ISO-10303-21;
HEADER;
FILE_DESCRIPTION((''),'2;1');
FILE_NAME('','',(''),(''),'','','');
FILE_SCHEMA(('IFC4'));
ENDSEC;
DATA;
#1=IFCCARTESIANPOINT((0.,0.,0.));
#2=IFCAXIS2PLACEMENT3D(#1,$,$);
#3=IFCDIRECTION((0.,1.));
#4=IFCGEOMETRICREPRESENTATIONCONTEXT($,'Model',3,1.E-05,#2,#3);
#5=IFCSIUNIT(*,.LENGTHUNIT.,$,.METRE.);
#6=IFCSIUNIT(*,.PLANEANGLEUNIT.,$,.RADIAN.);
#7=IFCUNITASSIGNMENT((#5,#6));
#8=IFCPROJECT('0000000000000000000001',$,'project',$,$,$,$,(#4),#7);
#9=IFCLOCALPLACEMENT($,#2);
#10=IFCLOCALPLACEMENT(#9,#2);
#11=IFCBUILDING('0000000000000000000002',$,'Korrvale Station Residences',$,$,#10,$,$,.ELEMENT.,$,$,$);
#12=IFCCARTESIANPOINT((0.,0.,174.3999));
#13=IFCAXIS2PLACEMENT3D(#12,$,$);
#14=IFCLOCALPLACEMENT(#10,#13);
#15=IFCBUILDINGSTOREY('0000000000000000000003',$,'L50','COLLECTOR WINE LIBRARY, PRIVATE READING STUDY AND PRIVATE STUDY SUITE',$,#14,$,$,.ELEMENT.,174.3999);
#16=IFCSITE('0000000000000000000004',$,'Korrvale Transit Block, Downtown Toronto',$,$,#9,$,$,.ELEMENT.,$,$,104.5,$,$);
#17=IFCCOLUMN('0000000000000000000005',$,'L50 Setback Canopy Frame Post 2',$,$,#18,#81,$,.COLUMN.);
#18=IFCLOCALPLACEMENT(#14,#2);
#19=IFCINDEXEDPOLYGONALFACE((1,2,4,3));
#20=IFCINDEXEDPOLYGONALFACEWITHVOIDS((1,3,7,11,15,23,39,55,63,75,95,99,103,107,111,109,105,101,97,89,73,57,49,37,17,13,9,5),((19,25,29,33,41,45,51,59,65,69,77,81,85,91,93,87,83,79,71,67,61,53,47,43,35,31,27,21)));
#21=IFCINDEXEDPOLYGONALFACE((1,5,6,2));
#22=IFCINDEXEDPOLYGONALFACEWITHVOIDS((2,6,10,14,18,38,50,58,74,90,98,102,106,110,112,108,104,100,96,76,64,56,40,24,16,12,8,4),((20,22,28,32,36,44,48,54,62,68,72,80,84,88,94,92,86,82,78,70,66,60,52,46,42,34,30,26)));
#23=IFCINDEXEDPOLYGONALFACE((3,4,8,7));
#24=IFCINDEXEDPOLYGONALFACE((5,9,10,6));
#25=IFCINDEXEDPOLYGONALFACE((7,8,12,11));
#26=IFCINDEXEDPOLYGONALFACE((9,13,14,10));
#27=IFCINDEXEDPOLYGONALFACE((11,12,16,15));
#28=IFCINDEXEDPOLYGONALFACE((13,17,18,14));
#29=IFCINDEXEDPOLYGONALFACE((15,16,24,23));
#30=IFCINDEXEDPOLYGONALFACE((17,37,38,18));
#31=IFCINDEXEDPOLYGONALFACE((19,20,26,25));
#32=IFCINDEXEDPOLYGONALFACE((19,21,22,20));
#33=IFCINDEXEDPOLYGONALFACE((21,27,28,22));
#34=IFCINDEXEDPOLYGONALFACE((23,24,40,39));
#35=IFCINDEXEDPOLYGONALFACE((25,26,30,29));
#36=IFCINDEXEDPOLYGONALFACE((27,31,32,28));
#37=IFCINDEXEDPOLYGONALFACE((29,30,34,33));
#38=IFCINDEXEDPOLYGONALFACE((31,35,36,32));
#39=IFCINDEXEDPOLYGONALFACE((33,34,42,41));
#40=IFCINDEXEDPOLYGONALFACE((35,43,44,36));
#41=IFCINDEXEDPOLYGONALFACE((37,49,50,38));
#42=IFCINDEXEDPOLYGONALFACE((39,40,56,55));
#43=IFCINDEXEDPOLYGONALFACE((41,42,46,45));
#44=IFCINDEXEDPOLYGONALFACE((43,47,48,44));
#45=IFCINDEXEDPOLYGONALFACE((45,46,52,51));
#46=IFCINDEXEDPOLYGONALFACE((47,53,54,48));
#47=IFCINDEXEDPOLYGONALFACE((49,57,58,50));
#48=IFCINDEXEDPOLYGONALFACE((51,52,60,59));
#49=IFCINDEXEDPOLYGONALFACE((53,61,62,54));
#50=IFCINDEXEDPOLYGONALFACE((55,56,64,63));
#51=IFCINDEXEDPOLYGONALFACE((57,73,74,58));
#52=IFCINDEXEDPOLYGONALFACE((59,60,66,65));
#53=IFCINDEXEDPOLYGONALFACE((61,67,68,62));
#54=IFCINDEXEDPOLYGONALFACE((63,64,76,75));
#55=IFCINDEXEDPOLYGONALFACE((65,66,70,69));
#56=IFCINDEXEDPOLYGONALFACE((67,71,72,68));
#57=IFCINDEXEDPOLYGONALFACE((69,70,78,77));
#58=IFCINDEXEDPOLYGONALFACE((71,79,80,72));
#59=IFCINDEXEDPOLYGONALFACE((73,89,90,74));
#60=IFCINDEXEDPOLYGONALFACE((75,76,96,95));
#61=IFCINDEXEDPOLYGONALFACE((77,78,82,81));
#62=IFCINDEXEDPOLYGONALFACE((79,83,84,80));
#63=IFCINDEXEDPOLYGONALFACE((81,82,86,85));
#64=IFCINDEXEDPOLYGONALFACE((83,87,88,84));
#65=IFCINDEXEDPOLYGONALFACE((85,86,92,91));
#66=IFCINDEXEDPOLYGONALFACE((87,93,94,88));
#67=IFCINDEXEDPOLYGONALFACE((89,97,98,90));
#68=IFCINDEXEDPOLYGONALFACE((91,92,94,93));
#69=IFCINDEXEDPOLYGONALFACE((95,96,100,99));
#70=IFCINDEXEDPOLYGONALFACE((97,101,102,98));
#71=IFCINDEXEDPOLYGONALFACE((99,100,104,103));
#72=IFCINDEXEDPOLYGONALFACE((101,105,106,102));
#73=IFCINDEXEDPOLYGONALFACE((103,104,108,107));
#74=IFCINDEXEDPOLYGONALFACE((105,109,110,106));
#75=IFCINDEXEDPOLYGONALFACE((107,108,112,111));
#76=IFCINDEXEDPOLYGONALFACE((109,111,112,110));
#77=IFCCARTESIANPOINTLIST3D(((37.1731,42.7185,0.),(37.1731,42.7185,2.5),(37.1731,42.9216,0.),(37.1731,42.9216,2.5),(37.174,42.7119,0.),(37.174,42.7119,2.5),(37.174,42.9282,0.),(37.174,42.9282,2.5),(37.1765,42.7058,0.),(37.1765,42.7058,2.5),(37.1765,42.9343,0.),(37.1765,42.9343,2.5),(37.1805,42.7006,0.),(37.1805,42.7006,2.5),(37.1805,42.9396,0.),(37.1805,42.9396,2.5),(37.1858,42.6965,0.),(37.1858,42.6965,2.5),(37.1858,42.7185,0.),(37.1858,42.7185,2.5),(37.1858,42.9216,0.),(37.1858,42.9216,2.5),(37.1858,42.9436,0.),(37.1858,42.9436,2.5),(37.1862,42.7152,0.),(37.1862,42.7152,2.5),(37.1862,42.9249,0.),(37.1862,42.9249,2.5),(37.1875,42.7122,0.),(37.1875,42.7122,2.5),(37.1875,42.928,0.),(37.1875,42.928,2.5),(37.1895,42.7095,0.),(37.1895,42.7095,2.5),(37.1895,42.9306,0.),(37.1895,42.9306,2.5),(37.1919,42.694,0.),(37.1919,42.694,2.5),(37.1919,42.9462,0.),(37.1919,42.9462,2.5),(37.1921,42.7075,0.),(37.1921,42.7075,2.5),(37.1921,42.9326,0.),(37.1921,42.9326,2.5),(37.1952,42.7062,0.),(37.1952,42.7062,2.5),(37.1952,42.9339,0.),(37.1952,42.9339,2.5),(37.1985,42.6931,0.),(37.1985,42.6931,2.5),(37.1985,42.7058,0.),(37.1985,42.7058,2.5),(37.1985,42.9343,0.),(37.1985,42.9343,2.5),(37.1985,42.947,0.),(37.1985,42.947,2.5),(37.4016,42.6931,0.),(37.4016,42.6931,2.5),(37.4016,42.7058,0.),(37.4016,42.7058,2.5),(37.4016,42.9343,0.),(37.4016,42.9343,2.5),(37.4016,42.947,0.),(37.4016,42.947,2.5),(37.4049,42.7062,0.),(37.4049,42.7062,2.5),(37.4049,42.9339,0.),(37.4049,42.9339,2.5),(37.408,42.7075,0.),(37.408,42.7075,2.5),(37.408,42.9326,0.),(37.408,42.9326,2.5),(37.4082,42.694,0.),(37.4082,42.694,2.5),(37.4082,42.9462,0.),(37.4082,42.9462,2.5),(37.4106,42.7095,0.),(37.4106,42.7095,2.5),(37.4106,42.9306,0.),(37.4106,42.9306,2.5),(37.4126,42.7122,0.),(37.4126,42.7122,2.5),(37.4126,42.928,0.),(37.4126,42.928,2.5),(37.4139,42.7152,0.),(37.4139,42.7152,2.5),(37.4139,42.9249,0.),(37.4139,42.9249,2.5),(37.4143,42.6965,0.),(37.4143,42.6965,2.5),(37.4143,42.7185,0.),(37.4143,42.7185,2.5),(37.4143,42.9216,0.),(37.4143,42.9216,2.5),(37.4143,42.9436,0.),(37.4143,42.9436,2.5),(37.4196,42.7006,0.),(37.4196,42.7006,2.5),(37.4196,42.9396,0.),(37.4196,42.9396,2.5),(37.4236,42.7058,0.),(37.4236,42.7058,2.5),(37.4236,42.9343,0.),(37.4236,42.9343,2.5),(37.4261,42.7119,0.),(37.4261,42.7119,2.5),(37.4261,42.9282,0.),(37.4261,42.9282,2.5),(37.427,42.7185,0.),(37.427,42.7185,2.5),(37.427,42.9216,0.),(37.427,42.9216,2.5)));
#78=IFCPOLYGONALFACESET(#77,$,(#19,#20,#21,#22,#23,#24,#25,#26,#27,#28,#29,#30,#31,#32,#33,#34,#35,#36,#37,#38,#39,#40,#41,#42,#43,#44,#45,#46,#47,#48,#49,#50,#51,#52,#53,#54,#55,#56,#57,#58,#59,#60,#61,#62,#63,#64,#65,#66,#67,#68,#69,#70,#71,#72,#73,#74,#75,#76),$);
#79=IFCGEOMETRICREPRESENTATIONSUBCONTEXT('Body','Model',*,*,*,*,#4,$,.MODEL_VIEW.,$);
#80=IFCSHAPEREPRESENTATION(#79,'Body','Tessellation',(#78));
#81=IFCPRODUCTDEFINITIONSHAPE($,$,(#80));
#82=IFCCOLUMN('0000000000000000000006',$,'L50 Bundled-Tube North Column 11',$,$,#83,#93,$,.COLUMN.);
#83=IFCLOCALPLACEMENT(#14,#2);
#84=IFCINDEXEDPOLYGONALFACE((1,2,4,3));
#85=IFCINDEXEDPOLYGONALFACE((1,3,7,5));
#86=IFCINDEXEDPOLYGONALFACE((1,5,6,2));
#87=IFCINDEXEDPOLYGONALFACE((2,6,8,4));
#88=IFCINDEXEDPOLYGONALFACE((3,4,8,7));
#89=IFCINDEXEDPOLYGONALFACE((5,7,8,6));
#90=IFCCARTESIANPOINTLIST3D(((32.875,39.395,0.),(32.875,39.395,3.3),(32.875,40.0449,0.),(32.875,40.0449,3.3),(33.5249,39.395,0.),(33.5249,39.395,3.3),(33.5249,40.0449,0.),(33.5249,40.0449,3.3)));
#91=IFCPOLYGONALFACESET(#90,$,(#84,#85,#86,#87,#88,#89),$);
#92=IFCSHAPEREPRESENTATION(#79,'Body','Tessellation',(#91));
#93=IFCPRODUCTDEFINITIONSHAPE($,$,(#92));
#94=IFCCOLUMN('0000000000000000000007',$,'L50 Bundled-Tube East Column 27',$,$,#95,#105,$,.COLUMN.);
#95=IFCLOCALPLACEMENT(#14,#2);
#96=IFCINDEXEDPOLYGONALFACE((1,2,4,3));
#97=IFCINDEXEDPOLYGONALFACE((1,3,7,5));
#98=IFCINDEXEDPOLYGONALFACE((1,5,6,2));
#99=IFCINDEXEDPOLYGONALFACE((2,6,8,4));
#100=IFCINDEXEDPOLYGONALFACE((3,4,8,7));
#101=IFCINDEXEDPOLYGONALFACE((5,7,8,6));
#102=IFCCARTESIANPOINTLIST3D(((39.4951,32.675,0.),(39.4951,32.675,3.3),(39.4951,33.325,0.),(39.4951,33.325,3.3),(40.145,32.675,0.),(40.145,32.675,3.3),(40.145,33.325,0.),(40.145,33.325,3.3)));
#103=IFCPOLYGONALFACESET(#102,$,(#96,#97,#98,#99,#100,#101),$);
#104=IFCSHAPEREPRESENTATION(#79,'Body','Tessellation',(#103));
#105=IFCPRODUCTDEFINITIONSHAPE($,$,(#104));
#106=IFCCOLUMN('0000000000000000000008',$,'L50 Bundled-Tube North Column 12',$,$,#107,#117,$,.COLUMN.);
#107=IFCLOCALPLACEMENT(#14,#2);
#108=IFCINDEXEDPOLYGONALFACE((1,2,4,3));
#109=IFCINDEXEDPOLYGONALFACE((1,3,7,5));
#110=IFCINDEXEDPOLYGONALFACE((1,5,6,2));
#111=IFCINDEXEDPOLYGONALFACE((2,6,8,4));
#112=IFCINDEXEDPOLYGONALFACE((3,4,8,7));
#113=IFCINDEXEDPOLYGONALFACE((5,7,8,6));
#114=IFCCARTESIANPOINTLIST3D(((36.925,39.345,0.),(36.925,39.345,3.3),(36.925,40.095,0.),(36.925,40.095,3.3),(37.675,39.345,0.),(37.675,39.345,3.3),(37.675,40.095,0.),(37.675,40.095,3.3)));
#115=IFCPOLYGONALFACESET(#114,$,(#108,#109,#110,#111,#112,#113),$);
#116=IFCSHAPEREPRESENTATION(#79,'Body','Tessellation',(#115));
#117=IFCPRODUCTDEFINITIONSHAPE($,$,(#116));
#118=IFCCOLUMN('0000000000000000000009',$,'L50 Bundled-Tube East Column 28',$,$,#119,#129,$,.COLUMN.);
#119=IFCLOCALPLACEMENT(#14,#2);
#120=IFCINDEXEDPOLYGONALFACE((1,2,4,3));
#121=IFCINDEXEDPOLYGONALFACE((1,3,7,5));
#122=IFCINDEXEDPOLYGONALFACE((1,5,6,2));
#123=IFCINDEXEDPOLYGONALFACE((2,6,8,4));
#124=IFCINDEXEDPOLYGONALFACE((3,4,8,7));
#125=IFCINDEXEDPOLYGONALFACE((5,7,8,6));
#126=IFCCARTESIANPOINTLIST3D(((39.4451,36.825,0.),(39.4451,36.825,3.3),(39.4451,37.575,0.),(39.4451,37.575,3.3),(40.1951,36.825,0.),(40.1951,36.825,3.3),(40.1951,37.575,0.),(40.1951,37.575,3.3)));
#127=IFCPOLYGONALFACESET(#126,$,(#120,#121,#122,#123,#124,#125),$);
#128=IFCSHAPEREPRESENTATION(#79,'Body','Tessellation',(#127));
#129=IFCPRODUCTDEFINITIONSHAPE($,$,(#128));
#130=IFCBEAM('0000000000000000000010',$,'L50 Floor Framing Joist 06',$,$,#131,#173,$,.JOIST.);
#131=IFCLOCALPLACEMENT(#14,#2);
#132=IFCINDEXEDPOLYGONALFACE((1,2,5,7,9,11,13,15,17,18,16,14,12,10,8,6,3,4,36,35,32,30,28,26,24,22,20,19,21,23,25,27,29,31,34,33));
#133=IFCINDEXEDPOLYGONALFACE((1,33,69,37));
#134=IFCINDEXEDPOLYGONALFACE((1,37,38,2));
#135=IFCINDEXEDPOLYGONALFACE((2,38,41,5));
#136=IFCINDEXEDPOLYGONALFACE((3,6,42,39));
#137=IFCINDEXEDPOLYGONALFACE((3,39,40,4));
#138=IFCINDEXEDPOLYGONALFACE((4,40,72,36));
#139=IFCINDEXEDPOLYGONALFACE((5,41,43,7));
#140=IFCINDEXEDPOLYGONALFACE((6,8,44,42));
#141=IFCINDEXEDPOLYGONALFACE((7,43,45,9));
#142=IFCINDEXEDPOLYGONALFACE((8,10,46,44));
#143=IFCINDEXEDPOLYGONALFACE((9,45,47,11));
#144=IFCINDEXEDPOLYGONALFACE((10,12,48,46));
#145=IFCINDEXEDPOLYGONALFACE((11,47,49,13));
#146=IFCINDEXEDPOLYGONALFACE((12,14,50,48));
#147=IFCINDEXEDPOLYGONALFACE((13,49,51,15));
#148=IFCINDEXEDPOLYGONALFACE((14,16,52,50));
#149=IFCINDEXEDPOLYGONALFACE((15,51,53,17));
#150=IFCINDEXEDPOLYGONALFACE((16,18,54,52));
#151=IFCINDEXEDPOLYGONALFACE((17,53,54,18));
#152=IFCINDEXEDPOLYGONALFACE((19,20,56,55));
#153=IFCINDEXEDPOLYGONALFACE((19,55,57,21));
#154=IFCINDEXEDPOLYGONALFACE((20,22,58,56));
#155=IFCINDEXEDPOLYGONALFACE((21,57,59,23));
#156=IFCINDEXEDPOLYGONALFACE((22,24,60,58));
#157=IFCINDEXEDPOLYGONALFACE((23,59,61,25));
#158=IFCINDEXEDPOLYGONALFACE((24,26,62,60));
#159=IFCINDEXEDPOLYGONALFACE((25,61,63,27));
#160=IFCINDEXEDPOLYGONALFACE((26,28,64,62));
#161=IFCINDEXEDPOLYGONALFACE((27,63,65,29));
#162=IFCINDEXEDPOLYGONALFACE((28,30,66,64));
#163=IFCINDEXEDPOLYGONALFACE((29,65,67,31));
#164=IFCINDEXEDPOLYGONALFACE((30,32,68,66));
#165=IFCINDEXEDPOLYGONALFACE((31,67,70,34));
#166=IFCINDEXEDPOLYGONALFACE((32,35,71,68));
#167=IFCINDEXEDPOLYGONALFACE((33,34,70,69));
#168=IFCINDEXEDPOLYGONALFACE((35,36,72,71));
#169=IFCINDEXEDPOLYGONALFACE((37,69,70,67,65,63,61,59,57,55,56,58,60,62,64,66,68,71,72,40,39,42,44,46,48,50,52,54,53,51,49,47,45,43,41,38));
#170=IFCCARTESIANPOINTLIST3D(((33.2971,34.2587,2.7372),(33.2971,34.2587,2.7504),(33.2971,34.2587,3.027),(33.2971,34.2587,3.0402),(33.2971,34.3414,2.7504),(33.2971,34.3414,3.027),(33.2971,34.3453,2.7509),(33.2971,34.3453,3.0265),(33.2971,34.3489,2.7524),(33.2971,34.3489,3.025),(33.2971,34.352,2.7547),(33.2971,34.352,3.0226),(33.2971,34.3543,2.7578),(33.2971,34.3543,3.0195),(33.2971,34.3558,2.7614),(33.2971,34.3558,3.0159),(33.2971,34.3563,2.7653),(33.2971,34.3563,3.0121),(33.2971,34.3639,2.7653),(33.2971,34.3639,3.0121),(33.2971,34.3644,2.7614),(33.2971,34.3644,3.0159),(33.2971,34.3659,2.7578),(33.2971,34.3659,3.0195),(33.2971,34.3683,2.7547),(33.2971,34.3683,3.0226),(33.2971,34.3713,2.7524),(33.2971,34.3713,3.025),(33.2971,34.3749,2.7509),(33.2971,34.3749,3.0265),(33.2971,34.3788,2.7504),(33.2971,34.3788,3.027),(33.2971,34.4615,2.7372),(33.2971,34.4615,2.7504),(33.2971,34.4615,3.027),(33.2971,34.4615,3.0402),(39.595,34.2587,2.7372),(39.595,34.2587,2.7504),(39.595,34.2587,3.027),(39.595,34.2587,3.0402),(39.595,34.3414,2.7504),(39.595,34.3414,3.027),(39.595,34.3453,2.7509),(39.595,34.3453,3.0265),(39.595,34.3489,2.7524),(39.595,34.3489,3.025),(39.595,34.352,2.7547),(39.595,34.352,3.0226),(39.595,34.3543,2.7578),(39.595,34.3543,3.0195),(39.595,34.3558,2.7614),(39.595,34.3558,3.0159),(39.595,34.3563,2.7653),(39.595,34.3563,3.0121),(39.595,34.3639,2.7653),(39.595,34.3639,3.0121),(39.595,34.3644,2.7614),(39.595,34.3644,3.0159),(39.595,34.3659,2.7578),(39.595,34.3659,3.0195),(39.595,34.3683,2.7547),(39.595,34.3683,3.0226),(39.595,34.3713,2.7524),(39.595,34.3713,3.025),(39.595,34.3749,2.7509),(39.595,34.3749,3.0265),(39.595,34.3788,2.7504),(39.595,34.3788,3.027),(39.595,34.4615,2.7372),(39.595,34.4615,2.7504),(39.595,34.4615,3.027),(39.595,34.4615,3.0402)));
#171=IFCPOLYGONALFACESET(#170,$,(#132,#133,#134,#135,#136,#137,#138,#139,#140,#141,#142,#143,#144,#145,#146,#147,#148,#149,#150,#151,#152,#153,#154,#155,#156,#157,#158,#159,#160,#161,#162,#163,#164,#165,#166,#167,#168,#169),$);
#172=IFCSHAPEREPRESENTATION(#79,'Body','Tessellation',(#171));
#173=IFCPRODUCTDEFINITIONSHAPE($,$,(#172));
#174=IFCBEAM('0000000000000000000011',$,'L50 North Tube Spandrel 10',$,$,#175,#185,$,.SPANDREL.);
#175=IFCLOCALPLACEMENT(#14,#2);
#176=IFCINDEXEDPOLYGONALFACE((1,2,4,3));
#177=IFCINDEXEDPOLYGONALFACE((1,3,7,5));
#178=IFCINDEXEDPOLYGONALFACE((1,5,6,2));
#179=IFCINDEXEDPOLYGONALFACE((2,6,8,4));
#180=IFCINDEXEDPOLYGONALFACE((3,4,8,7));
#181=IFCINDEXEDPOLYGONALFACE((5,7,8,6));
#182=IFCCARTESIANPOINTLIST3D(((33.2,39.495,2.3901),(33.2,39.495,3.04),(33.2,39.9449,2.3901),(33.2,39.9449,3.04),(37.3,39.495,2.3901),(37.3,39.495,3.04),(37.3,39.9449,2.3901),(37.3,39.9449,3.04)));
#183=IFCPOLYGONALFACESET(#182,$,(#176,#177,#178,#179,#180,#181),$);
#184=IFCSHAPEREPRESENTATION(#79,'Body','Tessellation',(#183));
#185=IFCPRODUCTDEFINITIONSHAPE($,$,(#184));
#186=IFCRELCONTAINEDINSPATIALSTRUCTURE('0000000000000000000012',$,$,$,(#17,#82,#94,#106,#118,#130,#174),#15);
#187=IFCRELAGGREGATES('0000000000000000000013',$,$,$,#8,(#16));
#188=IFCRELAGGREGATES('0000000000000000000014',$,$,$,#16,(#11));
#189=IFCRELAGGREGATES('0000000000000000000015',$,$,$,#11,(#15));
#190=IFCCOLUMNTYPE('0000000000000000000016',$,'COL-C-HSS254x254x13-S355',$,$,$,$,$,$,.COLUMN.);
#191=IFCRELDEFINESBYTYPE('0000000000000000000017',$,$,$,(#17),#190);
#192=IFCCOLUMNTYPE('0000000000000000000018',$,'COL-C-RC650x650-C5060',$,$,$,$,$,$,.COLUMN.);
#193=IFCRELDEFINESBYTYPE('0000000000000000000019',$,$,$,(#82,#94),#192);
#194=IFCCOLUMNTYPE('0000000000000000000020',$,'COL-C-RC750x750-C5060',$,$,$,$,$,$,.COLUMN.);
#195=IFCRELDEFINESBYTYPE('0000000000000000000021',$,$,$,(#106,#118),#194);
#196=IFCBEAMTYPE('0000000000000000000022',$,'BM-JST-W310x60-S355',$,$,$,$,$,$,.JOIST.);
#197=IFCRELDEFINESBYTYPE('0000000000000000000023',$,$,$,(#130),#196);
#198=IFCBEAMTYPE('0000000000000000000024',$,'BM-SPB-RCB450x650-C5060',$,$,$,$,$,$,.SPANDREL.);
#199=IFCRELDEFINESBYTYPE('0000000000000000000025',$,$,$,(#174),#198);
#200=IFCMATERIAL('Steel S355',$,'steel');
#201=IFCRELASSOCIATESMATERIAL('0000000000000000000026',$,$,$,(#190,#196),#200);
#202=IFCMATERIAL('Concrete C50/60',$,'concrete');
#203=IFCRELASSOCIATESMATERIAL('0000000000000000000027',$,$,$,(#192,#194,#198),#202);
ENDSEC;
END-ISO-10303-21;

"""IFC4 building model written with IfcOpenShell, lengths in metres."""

from ifc_helpers import new_model, si_unit, direction, frame, origin, origin_2d, place, context, subcontext, project, spatial, rectangle, hollow_rectangle, i_section, extrude, material, material_profile, profile_set, type_object, element, save


model = new_model("IFC4")

# Units and contexts
model_context = context("Model", 3, precision=1e-05, world=origin(), true_north=direction((0.0, 1.0)))
body_context = subcontext(model_context, "Body", "Model", "MODEL_VIEW")
ifc_project = project(units=[si_unit("LENGTHUNIT", "METRE"), si_unit("PLANEANGLEUNIT", "RADIAN")], contexts=[model_context])

# Site, building, storey
site_placement = place(None, origin())
site = spatial("IfcSite", under=ifc_project, at=site_placement, Name="Korrvale Transit Block, Downtown Toronto", CompositionType="ELEMENT", RefElevation=104.5)
building_placement = place(site_placement, origin())
building = spatial("IfcBuilding", under=site, at=building_placement, Name="Korrvale Station Residences", CompositionType="ELEMENT")
storey_placement = place(building_placement, frame((0.0, 0.0, 174.3999)))
storey = spatial("IfcBuildingStorey", under=building, at=storey_placement, Name="L50", Description="COLLECTOR WINE LIBRARY, PRIVATE READING STUDY AND PRIVATE STUDY SUITE", CompositionType="ELEMENT", Elevation=174.3999)

# Columns
ifc_material_1 = material(Name="Steel S355", Category="steel")
ifc_material_profile_1 = material_profile(ifc_material_1, hollow_rectangle(XDim=0.2539, YDim=0.2539, WallThickness=0.0127, InnerFilletRadius=0.0127, OuterFilletRadius=0.0254, at=origin_2d()), Name="HSS254x254x13")
ifc_profile_set_1 = profile_set([ifc_material_profile_1], Name="Steel S355")
column_type_1 = type_object("IfcColumnType", Name="COL-C-HSS254x254x13-S355", PredefinedType="COLUMN", material=ifc_profile_set_1)
column_placement = place(storey_placement, frame((37.3, 42.8201, 0.0), z_axis=(0.0, 0.0, 1.0), x_axis=(1.0, 0.0, 0.0)))
element("IfcColumn", 1, at=column_placement, inside=storey, type_object=column_type_1, Name="L50 Setback Canopy Frame Post 2", PredefinedType="COLUMN", context=body_context, shape_type="SweptSolid", body=[
    extrude(hollow_rectangle(XDim=0.2539, YDim=0.2539, WallThickness=0.0127, InnerFilletRadius=0.0127, OuterFilletRadius=0.0254, at=origin_2d()), origin(), (0.0, 0.0, 1.0), 2.5),
])
ifc_material_2 = material(Name="Concrete C50/60", Category="concrete")
ifc_material_profile_2 = material_profile(ifc_material_2, rectangle(XDim=0.6499, YDim=0.6499, at=origin_2d()), Name="RC650x650")
ifc_profile_set_2 = profile_set([ifc_material_profile_2], Name="Concrete C50/60")
column_type_2 = type_object("IfcColumnType", Name="COL-C-RC650x650-C5060", PredefinedType="COLUMN", material=ifc_profile_set_2)
for number, where, z_axis, x_axis, name in (
    (2, (33.2, 39.72, 0.0), (0.0, 0.0, 1.0), (1.0, 0.0, 0.0), "L50 Bundled-Tube North Column 11"),
    (3, (39.8201, 33.0, 0.0), (0.0, 0.0, 1.0), (1.0, 0.0, 0.0), "L50 Bundled-Tube East Column 27"),
):
    element("IfcColumn", number, at=place(storey_placement, frame(where, z_axis=z_axis, x_axis=x_axis)), inside=storey, type_object=column_type_2, Name=name, PredefinedType="COLUMN", context=body_context, shape_type="SweptSolid", body=[
        extrude(rectangle(XDim=0.6499, YDim=0.6499, at=origin_2d()), origin(), (0.0, 0.0, 1.0), 3.3),
    ])
ifc_material_profile_3 = material_profile(ifc_material_2, rectangle(XDim=0.75, YDim=0.75, at=origin_2d()), Name="RC750x750")
ifc_profile_set_3 = profile_set([ifc_material_profile_3], Name="Concrete C50/60")
column_type_3 = type_object("IfcColumnType", Name="COL-C-RC750x750-C5060", PredefinedType="COLUMN", material=ifc_profile_set_3)
for number, where, z_axis, x_axis, name in (
    (4, (37.3, 39.72, 0.0), (0.0, 0.0, 1.0), (1.0, 0.0, 0.0), "L50 Bundled-Tube North Column 12"),
    (5, (39.8201, 37.2, 0.0), (0.0, 0.0, 1.0), (1.0, 0.0, 0.0), "L50 Bundled-Tube East Column 28"),
):
    element("IfcColumn", number, at=place(storey_placement, frame(where, z_axis=z_axis, x_axis=x_axis)), inside=storey, type_object=column_type_3, Name=name, PredefinedType="COLUMN", context=body_context, shape_type="SweptSolid", body=[
        extrude(rectangle(XDim=0.75, YDim=0.75, at=origin_2d()), origin(), (0.0, 0.0, 1.0), 3.3),
    ])

# Beams
ifc_material_profile_4 = material_profile(ifc_material_1, i_section(OverallWidth=0.2029, OverallDepth=0.303, WebThickness=0.0076, FlangeThickness=0.0132, FilletRadius=0.0149, at=origin_2d()), Name="W310x60")
ifc_profile_set_4 = profile_set([ifc_material_profile_4], Name="Steel S355")
beam_type_1 = type_object("IfcBeamType", Name="BM-JST-W310x60-S355", PredefinedType="JOIST", material=ifc_profile_set_4)
beam_1_placement = place(storey_placement, frame((33.2971, 34.3601, 2.8887), z_axis=(1.0, 0.0, 0.0), x_axis=(0.0, 1.0, 0.0)))
element("IfcBeam", 6, at=beam_1_placement, inside=storey, type_object=beam_type_1, Name="L50 Floor Framing Joist 06", PredefinedType="JOIST", context=body_context, shape_type="SweptSolid", body=[
    extrude(i_section(OverallWidth=0.2029, OverallDepth=0.303, WebThickness=0.0076, FlangeThickness=0.0132, FilletRadius=0.0149, at=origin_2d()), origin(), (0.0, 0.0, 1.0), 6.2979),
])
ifc_material_profile_5 = material_profile(ifc_material_2, rectangle(XDim=0.45, YDim=0.6499, at=origin_2d()), Name="RCB450x650")
ifc_profile_set_5 = profile_set([ifc_material_profile_5], Name="Concrete C50/60")
beam_type_2 = type_object("IfcBeamType", Name="BM-SPB-RCB450x650-C5060", PredefinedType="SPANDREL", material=ifc_profile_set_5)
beam_2_placement = place(storey_placement, frame((33.2, 39.72, 2.7151), z_axis=(1.0, 0.0, 0.0), x_axis=(0.0, 1.0, 0.0)))
element("IfcBeam", 7, at=beam_2_placement, inside=storey, type_object=beam_type_2, Name="L50 North Tube Spandrel 10", PredefinedType="SPANDREL", context=body_context, shape_type="SweptSolid", body=[
    extrude(rectangle(XDim=0.45, YDim=0.6499, at=origin_2d()), origin(), (0.0, 0.0, 1.0), 4.1001),
])

save(model, "model.ifc")
